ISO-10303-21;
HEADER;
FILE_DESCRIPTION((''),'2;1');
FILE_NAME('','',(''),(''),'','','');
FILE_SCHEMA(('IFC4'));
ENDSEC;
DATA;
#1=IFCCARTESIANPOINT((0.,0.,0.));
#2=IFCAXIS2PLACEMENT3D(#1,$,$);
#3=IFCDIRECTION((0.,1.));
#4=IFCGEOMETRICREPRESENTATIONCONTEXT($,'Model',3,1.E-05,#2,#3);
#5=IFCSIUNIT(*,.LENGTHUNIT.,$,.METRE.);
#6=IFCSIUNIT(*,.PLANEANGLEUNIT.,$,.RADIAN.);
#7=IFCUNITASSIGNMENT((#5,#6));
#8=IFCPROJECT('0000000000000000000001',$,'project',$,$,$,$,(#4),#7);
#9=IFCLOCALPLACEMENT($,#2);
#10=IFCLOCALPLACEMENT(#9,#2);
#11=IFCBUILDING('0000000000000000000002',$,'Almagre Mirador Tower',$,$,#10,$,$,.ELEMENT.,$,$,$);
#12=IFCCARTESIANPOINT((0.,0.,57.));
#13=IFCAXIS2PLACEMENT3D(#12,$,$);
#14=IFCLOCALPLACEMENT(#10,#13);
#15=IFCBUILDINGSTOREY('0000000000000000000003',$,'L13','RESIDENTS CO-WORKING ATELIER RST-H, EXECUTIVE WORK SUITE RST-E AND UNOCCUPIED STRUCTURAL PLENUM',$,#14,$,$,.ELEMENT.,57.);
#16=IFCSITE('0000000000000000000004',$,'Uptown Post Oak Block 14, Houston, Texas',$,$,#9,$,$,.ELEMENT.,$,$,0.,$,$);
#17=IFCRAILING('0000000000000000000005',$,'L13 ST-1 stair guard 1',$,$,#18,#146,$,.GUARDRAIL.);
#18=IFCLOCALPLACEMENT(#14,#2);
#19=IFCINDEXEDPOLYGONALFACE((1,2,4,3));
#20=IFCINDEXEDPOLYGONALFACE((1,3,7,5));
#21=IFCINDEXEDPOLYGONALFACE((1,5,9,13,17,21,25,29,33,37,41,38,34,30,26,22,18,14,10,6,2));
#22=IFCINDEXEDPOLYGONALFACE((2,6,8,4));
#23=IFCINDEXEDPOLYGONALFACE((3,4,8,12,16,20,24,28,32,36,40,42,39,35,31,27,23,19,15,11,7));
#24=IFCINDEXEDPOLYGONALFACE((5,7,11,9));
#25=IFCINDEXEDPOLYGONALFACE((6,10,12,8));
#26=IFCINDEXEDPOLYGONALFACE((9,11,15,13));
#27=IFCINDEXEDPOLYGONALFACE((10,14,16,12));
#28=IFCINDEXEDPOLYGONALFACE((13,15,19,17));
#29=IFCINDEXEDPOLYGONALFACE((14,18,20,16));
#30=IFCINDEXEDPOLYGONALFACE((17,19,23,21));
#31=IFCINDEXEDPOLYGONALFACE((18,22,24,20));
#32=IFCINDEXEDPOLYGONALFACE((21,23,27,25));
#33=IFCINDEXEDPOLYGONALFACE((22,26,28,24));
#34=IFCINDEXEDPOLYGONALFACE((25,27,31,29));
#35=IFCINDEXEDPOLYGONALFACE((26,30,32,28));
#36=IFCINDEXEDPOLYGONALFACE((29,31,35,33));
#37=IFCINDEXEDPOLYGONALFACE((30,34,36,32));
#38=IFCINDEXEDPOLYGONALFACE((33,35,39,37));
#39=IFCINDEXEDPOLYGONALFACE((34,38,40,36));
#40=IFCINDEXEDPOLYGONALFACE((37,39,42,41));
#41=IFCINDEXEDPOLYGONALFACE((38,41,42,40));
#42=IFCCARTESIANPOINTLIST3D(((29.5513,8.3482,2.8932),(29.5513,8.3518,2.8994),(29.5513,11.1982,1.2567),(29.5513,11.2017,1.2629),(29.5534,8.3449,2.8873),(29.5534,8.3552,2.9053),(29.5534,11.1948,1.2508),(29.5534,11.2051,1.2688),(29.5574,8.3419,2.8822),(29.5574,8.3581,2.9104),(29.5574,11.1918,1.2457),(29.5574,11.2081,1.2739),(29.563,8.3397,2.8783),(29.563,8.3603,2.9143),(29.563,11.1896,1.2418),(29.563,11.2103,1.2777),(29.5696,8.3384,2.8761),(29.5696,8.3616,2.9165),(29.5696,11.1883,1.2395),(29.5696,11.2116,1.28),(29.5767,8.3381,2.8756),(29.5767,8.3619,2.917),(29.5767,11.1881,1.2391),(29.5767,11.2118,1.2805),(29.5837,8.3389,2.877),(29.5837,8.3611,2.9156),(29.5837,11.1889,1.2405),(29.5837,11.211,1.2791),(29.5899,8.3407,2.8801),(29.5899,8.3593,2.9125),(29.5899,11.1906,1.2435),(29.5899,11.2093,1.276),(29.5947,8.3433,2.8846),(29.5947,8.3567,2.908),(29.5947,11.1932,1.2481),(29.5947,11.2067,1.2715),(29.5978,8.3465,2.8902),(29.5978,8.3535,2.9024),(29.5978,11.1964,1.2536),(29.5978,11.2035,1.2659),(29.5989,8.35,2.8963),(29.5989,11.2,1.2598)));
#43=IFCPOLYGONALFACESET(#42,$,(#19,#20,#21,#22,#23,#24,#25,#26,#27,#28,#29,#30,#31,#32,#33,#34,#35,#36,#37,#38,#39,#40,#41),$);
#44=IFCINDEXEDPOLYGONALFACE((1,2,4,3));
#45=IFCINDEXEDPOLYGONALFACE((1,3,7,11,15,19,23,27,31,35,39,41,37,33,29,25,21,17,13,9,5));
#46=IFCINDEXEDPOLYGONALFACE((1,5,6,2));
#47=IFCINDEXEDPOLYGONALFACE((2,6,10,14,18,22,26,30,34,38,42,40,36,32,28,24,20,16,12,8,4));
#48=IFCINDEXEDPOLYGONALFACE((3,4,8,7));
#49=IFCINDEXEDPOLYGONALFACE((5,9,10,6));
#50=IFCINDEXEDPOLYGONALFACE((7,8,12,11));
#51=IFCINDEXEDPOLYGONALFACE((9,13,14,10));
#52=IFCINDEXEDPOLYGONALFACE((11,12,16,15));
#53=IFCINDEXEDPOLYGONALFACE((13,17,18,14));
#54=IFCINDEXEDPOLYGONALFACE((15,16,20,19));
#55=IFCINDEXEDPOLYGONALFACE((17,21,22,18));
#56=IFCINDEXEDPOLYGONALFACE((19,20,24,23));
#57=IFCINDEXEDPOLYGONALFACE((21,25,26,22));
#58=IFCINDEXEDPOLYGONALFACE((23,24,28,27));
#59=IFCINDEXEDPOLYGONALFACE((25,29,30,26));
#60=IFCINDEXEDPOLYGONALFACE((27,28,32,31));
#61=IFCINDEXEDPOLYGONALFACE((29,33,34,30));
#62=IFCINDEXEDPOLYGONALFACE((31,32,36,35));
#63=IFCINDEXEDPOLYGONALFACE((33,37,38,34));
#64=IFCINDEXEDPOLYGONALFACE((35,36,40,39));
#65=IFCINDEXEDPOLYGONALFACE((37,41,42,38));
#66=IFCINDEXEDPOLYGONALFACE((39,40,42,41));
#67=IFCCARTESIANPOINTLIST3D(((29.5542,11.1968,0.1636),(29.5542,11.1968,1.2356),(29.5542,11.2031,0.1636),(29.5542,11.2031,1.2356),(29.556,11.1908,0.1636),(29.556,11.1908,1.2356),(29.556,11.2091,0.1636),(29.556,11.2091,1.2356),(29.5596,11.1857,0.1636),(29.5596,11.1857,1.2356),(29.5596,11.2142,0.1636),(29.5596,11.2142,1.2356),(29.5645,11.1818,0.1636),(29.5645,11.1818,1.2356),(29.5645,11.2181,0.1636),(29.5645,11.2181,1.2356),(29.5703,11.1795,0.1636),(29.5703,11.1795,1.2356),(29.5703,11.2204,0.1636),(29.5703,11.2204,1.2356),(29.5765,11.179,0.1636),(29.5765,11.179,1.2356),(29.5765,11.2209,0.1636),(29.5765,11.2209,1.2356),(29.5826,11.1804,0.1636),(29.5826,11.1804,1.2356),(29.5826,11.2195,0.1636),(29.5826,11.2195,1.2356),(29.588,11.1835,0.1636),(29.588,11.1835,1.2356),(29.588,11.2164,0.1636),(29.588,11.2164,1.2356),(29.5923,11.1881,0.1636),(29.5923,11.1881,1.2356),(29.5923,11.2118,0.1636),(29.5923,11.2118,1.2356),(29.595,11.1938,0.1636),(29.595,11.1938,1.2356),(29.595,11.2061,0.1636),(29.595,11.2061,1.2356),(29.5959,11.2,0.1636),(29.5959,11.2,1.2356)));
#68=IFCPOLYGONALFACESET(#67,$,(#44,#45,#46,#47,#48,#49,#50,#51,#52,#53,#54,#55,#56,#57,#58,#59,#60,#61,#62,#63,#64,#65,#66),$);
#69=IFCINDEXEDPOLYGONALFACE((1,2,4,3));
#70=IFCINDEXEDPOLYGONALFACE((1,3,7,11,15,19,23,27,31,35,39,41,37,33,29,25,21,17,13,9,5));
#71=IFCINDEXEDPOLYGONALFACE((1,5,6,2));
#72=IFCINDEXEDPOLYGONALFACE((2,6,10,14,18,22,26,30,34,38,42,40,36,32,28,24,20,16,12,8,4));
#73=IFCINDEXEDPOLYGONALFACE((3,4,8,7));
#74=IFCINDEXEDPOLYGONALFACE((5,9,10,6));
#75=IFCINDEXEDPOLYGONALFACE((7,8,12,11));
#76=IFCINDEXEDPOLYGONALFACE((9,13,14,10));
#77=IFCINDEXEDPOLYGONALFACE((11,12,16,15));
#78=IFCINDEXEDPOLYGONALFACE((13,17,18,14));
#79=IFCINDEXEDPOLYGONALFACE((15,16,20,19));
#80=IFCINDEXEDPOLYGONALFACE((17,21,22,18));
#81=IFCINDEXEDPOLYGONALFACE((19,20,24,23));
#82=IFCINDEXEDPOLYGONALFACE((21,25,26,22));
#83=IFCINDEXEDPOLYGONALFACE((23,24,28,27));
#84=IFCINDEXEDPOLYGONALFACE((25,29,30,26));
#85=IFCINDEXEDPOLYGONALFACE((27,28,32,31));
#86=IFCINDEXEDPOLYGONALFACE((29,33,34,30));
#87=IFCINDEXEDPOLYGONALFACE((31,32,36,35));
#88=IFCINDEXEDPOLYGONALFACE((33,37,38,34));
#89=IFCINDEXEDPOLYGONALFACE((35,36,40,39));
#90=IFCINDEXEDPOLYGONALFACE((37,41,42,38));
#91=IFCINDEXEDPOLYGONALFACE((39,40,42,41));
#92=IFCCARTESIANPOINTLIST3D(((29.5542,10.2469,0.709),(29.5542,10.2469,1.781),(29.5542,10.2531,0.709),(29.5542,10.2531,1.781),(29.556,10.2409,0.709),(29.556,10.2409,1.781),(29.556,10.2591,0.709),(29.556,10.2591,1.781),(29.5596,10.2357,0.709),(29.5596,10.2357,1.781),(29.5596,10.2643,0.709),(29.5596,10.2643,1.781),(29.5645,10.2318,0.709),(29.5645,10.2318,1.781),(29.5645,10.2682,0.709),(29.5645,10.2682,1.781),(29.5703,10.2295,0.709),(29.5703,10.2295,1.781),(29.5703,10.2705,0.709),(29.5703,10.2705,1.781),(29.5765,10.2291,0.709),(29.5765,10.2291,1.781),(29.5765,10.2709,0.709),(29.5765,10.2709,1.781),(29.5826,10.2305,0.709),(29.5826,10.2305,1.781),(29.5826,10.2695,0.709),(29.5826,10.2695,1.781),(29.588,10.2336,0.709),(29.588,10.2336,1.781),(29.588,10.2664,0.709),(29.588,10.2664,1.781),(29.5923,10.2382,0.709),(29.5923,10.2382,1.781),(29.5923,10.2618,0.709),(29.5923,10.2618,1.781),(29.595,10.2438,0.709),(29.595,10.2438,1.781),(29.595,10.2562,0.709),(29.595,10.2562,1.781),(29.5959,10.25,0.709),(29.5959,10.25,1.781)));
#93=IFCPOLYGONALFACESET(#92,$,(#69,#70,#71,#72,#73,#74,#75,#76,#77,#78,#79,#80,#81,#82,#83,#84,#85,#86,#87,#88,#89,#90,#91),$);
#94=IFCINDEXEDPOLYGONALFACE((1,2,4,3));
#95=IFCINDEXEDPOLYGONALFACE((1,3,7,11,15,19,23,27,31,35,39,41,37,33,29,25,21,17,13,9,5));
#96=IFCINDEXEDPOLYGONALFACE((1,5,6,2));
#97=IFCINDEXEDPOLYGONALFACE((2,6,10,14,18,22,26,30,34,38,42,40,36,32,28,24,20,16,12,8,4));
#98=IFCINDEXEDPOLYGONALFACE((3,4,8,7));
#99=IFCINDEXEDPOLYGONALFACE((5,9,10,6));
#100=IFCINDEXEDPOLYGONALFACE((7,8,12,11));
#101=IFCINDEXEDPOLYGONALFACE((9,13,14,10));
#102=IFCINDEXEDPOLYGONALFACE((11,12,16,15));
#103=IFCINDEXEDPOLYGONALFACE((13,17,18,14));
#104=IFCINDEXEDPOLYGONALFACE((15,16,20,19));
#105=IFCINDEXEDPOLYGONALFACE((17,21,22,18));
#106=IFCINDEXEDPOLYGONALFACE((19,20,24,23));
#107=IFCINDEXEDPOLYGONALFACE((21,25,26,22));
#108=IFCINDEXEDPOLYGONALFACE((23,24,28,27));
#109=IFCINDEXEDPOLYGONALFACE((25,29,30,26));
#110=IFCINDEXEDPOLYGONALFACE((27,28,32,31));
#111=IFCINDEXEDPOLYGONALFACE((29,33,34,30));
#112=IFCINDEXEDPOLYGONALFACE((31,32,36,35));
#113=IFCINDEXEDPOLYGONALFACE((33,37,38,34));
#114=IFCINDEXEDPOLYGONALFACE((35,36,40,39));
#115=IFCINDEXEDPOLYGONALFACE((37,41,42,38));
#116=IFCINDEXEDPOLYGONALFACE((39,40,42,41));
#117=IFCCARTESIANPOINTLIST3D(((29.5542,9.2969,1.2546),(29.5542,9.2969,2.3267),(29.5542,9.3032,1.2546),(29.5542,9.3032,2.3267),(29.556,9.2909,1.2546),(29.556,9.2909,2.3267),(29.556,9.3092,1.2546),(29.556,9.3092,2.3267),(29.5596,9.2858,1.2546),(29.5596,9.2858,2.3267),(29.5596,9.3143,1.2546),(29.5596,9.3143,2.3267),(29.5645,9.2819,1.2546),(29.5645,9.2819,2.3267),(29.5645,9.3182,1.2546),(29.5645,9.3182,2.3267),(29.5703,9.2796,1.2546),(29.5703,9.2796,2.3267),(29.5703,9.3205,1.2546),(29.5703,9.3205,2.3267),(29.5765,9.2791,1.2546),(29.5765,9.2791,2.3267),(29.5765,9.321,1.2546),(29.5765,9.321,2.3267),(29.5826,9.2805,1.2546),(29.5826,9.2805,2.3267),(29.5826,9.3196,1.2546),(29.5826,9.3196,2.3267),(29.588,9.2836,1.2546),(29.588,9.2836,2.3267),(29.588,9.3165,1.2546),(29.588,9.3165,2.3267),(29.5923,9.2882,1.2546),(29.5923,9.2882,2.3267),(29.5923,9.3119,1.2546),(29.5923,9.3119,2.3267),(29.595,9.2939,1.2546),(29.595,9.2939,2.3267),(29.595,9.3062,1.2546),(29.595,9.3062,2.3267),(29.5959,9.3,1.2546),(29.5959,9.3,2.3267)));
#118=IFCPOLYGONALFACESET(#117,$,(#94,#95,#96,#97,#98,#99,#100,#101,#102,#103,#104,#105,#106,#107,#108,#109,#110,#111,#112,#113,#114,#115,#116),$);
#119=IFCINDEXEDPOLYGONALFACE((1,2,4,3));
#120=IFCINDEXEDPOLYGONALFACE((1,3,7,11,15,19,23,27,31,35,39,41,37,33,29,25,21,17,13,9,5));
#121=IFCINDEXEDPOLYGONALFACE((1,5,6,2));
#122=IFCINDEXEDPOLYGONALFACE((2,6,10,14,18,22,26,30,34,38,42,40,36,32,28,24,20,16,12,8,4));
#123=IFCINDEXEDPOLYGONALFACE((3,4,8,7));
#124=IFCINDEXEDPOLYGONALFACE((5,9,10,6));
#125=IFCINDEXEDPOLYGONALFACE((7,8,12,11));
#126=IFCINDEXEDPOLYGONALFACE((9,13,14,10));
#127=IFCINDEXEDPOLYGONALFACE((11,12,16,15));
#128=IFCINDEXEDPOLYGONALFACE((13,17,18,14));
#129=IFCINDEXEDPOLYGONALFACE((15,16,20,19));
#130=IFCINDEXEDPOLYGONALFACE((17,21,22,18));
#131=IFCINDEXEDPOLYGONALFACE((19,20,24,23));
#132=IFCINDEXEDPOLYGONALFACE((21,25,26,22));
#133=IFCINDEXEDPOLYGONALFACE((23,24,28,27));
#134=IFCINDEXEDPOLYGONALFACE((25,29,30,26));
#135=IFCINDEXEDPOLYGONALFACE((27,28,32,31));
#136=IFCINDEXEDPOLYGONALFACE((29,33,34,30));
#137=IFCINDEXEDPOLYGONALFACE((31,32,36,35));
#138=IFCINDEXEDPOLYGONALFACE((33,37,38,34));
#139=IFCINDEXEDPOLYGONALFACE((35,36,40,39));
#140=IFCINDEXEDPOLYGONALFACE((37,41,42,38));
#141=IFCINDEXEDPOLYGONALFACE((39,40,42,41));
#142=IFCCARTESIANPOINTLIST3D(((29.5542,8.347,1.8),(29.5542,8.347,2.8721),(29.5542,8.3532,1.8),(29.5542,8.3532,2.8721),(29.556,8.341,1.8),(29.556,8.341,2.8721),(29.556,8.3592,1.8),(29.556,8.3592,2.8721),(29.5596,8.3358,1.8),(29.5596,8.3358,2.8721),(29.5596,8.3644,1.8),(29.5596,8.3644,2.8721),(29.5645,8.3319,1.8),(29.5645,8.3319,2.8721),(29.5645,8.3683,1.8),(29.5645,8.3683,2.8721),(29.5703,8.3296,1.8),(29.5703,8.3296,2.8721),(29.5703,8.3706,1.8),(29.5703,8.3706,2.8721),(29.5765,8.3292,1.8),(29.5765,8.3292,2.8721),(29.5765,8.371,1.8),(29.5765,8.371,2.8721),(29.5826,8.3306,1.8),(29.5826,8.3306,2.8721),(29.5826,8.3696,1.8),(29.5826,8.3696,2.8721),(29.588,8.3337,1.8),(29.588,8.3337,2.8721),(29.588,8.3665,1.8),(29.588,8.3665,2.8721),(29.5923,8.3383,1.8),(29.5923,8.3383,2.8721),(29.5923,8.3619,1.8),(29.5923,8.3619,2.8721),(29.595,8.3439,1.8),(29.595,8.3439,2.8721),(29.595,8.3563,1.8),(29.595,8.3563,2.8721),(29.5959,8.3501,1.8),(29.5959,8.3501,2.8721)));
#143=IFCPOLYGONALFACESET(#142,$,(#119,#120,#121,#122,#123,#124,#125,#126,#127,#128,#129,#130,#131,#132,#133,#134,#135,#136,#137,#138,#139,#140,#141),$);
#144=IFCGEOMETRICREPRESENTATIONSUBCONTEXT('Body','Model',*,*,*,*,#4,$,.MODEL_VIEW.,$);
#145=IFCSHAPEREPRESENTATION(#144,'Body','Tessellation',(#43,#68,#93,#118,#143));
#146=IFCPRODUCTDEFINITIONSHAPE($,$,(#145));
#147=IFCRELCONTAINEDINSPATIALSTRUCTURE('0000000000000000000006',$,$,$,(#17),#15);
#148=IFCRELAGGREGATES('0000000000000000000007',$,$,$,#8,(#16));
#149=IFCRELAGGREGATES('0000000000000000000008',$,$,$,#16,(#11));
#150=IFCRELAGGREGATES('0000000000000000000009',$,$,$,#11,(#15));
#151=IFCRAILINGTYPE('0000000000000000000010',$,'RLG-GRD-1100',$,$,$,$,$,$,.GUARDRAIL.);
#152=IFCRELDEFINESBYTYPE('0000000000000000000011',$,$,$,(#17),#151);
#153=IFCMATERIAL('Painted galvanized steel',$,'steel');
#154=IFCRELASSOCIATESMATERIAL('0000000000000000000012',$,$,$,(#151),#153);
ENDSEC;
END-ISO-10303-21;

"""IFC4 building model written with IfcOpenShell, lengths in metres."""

from ifc_helpers import new_model, si_unit, direction, frame, origin, origin_2d, place, context, subcontext, project, spatial, circle, extrude, material, type_object, element, save


model = new_model("IFC4")

# Units and contexts
model_context = context("Model", 3, precision=1e-05, world=origin(), true_north=direction((0.0, 1.0)))
body_context = subcontext(model_context, "Body", "Model", "MODEL_VIEW")
ifc_project = project(units=[si_unit("LENGTHUNIT", "METRE"), si_unit("PLANEANGLEUNIT", "RADIAN")], contexts=[model_context])

# Site, building, storey
site_placement = place(None, origin())
site = spatial("IfcSite", under=ifc_project, at=site_placement, Name="Uptown Post Oak Block 14, Houston, Texas", CompositionType="ELEMENT", RefElevation=0.0)
building_placement = place(site_placement, origin())
building = spatial("IfcBuilding", under=site, at=building_placement, Name="Almagre Mirador Tower", CompositionType="ELEMENT")
storey_placement = place(building_placement, frame((0.0, 0.0, 57.0)))
storey = spatial("IfcBuildingStorey", under=building, at=storey_placement, Name="L13", Description="RESIDENTS CO-WORKING ATELIER RST-H, EXECUTIVE WORK SUITE RST-E AND UNOCCUPIED STRUCTURAL PLENUM", CompositionType="ELEMENT", Elevation=57.0)

# Railing
ifc_material_1 = material(Name="Painted galvanized steel", Category="steel")
railing_type_1 = type_object("IfcRailingType", Name="RLG-GRD-1100", PredefinedType="GUARDRAIL", material=ifc_material_1)
railing_1_placement = place(storey_placement, frame((29.575, 11.2, 0.1636)))
element("IfcRailing", 1, at=railing_1_placement, inside=storey, type_object=railing_type_1, Name="L13 ST-1 stair guard 1", PredefinedType="GUARDRAIL", context=body_context, shape_type="SweptSolid", body=[
    extrude(circle(Radius=0.0239, at=origin_2d()), frame((0.0, 0.0, 1.0962), z_axis=(0.0, -0.867194, 0.49797), x_axis=(1.0, 0.0, 0.0)), (0.0, 0.0, 1.0), 3.2864),
    extrude(circle(Radius=0.021, at=origin_2d()), origin(), (0.0, 0.0, 1.0), 1.072),
    extrude(circle(Radius=0.021, at=origin_2d()), frame((0.0, -0.95, 0.5454)), (0.0, 0.0, 1.0), 1.072),
    extrude(circle(Radius=0.021, at=origin_2d()), frame((0.0, -1.8999, 1.0911)), (0.0, 0.0, 1.0), 1.072),
    extrude(circle(Radius=0.021, at=origin_2d()), frame((0.0, -2.8499, 1.6365)), (0.0, 0.0, 1.0), 1.072),
])

save(model, "model.ifc")
